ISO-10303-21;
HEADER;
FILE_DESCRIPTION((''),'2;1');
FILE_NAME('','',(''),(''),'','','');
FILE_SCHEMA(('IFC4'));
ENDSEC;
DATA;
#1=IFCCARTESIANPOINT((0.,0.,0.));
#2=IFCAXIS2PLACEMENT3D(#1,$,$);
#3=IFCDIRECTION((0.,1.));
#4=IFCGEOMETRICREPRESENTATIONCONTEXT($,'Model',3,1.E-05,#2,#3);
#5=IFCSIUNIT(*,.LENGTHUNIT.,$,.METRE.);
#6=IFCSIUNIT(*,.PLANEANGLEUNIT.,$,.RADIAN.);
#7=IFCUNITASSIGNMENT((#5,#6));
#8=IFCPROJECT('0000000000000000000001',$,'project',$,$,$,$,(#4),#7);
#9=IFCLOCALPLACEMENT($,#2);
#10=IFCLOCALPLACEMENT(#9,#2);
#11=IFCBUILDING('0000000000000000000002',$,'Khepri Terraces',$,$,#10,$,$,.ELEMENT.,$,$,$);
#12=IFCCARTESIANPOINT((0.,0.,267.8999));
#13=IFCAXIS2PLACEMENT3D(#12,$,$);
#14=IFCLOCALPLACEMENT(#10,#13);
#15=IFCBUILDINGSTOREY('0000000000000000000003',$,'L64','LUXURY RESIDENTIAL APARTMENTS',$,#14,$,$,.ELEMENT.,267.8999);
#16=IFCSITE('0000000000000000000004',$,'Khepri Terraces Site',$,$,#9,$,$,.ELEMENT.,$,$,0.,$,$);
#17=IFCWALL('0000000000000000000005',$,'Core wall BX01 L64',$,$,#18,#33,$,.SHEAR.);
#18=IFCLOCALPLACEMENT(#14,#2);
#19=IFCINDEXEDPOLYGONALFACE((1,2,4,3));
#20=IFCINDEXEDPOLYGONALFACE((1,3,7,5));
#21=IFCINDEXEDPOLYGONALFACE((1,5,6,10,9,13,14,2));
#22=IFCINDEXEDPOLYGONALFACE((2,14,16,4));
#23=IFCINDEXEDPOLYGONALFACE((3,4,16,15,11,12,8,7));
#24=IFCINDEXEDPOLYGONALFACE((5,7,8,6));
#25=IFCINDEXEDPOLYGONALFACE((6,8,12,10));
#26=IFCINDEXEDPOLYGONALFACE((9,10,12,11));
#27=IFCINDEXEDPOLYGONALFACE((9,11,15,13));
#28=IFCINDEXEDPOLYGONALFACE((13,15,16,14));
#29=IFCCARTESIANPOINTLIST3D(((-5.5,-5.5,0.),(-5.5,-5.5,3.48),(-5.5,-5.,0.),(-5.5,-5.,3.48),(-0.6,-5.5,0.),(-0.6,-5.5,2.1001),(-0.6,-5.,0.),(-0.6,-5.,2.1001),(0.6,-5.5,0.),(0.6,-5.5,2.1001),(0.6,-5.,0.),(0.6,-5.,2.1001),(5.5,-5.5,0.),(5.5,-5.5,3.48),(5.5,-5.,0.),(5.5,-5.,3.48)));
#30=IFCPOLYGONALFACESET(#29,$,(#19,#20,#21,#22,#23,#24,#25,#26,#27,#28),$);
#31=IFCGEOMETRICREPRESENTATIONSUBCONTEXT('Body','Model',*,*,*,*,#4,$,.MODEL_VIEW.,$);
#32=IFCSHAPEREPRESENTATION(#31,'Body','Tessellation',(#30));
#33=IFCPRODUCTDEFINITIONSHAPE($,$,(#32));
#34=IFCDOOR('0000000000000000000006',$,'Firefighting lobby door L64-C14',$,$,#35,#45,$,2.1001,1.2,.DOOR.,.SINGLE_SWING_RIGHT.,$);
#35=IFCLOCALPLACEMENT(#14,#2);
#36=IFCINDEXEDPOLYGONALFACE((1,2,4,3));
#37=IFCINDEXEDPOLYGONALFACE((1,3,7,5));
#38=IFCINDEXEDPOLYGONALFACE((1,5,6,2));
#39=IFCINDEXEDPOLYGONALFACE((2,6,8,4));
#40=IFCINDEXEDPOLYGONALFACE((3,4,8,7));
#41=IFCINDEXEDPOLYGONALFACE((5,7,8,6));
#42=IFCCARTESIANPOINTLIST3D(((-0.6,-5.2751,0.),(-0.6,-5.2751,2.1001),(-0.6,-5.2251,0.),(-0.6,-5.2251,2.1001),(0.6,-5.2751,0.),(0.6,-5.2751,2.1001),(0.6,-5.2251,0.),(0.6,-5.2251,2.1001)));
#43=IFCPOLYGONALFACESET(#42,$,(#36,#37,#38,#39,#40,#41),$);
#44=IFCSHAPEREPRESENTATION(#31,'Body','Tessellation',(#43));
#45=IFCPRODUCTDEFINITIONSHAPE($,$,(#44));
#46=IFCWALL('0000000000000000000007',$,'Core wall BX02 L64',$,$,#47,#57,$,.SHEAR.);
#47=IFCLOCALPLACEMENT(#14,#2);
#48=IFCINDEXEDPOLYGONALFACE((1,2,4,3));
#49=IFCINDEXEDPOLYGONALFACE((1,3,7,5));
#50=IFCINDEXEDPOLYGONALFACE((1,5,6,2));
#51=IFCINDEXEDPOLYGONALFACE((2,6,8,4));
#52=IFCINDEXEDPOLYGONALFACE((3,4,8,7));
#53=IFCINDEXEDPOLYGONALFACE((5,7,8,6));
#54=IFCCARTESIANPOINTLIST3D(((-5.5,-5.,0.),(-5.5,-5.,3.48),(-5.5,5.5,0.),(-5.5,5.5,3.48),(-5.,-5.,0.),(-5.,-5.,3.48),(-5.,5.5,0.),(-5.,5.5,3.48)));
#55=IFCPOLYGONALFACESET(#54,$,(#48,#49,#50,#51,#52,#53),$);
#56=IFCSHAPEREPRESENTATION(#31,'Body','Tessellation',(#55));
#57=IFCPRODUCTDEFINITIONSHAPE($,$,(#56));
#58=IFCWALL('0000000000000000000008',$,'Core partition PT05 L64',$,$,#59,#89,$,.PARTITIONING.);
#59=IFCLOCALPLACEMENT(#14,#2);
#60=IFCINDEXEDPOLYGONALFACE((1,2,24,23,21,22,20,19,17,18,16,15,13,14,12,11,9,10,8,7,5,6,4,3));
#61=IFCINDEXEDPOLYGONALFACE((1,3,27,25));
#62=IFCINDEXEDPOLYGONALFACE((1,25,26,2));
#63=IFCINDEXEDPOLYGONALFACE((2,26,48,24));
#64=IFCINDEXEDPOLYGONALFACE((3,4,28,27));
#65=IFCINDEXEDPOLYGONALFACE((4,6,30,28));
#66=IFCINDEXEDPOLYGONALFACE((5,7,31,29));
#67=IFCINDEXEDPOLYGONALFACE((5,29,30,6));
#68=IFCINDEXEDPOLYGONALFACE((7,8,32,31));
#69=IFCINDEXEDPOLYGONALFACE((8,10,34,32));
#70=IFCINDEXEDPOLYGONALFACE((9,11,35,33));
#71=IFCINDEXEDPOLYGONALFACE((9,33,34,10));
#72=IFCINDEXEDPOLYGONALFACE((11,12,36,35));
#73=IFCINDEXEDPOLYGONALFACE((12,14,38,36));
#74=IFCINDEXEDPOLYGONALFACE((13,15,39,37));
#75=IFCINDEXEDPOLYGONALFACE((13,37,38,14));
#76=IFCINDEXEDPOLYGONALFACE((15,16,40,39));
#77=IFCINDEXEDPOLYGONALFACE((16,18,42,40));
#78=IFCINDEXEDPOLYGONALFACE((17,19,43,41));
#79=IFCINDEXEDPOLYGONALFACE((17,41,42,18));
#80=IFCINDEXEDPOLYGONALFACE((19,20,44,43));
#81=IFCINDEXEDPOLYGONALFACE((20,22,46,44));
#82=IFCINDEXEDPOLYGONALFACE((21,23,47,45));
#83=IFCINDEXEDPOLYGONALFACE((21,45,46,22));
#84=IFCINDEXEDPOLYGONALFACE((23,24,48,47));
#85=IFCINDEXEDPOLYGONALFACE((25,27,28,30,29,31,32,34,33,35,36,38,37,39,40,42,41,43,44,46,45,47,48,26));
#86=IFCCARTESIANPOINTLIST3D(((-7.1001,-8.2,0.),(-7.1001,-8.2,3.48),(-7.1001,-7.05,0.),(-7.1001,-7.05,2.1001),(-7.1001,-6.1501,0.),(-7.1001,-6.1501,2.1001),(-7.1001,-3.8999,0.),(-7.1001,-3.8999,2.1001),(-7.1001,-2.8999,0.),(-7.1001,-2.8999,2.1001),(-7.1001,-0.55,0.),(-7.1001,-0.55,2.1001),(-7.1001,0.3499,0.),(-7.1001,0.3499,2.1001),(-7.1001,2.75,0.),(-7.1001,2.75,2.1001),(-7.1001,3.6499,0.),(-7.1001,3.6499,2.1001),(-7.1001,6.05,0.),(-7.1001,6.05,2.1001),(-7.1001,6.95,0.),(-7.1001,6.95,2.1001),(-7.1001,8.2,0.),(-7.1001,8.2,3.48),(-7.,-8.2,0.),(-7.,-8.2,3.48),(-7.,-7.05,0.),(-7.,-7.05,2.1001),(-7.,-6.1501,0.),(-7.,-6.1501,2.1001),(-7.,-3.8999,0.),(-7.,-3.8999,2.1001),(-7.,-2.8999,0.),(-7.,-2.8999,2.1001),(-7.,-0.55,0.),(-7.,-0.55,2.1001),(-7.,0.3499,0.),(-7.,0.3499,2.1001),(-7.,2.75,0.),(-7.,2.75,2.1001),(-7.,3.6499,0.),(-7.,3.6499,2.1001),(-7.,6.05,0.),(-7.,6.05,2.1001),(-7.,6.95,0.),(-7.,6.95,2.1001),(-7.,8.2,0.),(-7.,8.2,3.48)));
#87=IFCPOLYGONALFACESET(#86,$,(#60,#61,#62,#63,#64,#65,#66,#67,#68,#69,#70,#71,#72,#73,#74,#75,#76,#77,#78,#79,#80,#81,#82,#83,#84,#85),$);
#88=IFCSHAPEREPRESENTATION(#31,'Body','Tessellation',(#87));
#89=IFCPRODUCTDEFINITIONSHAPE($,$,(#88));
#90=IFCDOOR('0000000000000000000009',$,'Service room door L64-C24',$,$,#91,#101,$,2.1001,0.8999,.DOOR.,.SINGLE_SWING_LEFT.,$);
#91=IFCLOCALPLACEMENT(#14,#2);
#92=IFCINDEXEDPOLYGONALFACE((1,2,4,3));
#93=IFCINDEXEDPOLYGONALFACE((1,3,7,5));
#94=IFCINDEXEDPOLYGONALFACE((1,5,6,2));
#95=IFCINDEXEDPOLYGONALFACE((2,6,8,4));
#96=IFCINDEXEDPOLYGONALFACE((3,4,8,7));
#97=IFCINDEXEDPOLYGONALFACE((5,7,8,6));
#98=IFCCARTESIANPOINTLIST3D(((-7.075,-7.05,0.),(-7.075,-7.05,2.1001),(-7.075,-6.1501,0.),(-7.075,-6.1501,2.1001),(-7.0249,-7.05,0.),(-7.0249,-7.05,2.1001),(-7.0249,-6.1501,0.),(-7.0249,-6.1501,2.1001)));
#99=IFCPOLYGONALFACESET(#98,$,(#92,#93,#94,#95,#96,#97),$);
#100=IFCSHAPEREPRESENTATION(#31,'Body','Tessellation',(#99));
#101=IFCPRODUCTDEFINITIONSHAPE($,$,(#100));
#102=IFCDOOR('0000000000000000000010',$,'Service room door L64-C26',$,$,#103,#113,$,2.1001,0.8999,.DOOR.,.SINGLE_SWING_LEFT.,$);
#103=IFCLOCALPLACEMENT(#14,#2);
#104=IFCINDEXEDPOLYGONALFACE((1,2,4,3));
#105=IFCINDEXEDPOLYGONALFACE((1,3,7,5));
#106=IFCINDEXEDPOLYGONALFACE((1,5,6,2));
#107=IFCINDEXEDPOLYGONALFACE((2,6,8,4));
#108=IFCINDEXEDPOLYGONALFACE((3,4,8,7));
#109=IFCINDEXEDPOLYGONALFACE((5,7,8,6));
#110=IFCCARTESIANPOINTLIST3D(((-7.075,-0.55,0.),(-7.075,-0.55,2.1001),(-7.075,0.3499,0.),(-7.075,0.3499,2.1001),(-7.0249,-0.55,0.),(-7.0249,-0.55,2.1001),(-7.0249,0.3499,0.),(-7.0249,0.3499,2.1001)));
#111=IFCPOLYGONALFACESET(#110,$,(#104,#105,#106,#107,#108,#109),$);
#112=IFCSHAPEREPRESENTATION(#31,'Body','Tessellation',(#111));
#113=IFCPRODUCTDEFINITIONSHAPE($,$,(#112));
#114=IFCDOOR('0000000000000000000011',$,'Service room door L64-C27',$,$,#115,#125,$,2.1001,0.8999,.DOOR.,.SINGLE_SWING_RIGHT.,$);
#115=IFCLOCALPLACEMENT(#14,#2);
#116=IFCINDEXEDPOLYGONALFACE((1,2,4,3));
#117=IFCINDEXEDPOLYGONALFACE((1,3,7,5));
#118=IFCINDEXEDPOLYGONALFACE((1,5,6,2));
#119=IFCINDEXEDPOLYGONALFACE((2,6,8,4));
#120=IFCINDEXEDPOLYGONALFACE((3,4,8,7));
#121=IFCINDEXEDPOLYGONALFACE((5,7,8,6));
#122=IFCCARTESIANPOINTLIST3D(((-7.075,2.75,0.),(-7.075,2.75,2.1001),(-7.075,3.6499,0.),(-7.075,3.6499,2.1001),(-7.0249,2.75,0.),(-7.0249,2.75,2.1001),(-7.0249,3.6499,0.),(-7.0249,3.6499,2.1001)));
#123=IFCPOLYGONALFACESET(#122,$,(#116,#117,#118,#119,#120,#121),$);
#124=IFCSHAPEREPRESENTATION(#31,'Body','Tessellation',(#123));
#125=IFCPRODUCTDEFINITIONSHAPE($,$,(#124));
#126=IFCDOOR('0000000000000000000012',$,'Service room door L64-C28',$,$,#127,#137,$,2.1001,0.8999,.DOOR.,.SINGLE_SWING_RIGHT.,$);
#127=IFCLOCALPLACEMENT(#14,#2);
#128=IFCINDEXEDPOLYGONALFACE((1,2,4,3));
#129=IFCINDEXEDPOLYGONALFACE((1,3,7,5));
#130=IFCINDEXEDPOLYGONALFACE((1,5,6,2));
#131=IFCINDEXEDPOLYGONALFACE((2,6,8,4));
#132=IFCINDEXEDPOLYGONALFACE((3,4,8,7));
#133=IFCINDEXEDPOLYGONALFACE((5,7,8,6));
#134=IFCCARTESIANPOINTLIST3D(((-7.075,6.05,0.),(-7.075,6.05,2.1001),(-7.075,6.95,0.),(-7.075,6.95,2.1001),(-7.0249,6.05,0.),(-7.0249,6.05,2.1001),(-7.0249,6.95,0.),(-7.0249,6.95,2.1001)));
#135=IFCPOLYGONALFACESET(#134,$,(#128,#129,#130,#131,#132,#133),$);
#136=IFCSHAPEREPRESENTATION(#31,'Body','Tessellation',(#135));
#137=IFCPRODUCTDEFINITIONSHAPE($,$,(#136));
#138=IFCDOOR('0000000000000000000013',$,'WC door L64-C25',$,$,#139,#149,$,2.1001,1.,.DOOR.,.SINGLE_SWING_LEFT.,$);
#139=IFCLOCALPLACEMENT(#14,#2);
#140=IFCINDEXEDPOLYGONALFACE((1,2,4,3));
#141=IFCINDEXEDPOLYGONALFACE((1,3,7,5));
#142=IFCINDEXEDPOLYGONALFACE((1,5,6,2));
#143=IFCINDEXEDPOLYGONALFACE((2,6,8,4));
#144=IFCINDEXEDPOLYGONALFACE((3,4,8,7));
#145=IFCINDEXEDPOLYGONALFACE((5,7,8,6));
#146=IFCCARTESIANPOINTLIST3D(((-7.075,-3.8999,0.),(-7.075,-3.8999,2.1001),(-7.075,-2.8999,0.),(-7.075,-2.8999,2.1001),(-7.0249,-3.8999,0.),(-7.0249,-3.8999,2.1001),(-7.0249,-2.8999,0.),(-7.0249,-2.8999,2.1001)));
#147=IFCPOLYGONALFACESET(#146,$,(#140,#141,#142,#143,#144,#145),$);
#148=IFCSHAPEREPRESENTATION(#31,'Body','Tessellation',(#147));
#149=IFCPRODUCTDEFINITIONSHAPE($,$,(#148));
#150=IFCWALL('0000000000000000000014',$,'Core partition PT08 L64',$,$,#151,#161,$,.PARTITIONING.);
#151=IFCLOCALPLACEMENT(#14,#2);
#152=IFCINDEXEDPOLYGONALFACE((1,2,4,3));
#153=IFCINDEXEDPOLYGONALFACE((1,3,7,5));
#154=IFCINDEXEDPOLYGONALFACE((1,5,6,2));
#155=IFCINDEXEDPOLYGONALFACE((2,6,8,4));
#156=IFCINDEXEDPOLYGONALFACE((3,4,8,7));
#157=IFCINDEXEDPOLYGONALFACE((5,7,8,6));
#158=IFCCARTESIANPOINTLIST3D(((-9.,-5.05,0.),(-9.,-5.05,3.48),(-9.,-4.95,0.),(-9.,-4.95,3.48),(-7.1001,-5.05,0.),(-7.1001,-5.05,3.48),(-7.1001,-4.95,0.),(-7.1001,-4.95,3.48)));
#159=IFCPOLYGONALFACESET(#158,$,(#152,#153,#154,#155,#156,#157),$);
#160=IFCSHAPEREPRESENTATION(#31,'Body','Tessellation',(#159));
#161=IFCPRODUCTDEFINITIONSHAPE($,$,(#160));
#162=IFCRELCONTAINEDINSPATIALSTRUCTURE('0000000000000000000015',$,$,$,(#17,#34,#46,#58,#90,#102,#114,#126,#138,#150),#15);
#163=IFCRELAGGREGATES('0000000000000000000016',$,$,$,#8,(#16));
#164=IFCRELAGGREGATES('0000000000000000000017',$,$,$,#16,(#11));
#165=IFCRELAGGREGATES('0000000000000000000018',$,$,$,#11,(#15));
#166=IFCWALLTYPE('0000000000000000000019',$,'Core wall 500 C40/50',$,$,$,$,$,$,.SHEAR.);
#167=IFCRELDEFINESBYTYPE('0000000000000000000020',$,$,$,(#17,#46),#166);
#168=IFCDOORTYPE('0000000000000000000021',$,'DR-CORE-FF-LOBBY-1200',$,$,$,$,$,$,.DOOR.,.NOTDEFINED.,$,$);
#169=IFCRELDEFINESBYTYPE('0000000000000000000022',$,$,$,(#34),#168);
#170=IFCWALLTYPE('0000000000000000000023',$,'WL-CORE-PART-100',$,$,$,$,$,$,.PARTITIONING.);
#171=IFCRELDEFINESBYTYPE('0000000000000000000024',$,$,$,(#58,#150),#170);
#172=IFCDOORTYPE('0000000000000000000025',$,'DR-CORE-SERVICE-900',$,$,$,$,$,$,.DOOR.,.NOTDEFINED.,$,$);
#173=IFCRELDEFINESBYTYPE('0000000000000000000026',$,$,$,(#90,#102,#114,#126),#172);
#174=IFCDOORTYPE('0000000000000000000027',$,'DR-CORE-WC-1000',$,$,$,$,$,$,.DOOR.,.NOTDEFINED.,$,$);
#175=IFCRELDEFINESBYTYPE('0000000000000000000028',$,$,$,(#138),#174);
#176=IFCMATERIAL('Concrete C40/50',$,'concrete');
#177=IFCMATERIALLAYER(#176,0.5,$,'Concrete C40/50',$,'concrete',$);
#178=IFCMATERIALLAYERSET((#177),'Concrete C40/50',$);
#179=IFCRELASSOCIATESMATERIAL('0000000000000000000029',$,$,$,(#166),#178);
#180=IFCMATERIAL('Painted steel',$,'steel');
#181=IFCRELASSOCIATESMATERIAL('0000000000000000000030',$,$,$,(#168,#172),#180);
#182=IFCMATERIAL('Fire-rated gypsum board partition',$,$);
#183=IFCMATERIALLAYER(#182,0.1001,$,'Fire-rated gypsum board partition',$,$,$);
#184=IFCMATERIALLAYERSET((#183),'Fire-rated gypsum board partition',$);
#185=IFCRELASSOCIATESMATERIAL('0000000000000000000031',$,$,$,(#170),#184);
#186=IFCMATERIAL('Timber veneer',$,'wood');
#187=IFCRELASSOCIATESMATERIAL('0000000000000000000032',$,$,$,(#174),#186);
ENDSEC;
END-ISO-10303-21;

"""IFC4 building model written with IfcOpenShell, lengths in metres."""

from ifc_helpers import new_model, si_unit, direction, frame, frame_2d, origin, place, context, subcontext, project, spatial, rectangle, extrude, material, layer, layer_set, type_object, element, fill, save


model = new_model("IFC4")

# Units and contexts
model_context = context("Model", 3, precision=1e-05, world=origin(), true_north=direction((0.0, 1.0)))
body_context = subcontext(model_context, "Body", "Model", "MODEL_VIEW")
ifc_project = project(units=[si_unit("LENGTHUNIT", "METRE"), si_unit("PLANEANGLEUNIT", "RADIAN")], contexts=[model_context])

# Site, building, storey
site_placement = place(None, origin())
site = spatial("IfcSite", under=ifc_project, at=site_placement, Name="Khepri Terraces Site", CompositionType="ELEMENT", RefElevation=0.0)
building_placement = place(site_placement, origin())
building = spatial("IfcBuilding", under=site, at=building_placement, Name="Khepri Terraces", CompositionType="ELEMENT")
storey_placement = place(building_placement, frame((0.0, 0.0, 267.8999)))
storey = spatial("IfcBuildingStorey", under=building, at=storey_placement, Name="L64", Description="LUXURY RESIDENTIAL APARTMENTS", CompositionType="ELEMENT", Elevation=267.8999)

# Shared definitions
ifc_material_1 = material(Name="Concrete C40/50", Category="concrete")

# Shared definitions
ifc_material_2 = material(Name="Painted steel", Category="steel")

# Wall, opening, door
ifc_layer_1 = layer(ifc_material_1, 0.5, Name="Concrete C40/50", Category="concrete")
ifc_layer_set_1 = layer_set([ifc_layer_1], Name="Concrete C40/50")
wall_type_1 = type_object("IfcWallType", Name="Core wall 500 C40/50", PredefinedType="SHEAR", material=ifc_layer_set_1)
wall_1_placement = place(storey_placement, frame((-5.5, -5.25, 0.0), z_axis=(0.0, 0.0, 1.0), x_axis=(1.0, 0.0, 0.0)))
wall_1 = element("IfcWall", 1, at=wall_1_placement, inside=storey, type_object=wall_type_1, Name="Core wall BX01 L64", PredefinedType="SHEAR", context=body_context, shape_type="SweptSolid", body=[
    extrude(rectangle(XDim=11.0, YDim=0.5, at=frame_2d((5.5, 0.0))), origin(), (0.0, 0.0, 1.0), 3.48),
])
opening_1_placement = place(wall_1_placement, frame((4.8999, 0.0, 0.0)))
opening_1 = element("IfcOpeningElement", 2, at=opening_1_placement, cuts=wall_1, PredefinedType="OPENING", context=body_context, shape_type="SweptSolid", body=[
    extrude(rectangle(XDim=1.2, YDim=2.1001, at=frame_2d((0.6001, 1.05))), frame((0.0, 0.26, 0.0), z_axis=(0.0, -1.0, 0.0), x_axis=(1.0, 0.0, 0.0)), (0.0, 0.0, 1.0), 0.52),
])
door_type_1 = type_object("IfcDoorType", Name="DR-CORE-FF-LOBBY-1200", OperationType="NOTDEFINED", PredefinedType="DOOR", material=ifc_material_2)
door_1_placement = place(opening_1_placement, origin())
door_1 = element("IfcDoor", 3, at=door_1_placement, inside=storey, type_object=door_type_1, Name="Firefighting lobby door L64-C14", OperationType="SINGLE_SWING_RIGHT", OverallHeight=2.1001, OverallWidth=1.2, PredefinedType="DOOR", context=body_context, shape_type="SweptSolid", body=[
    extrude(rectangle(XDim=1.2, YDim=2.1001, at=frame_2d((0.6001, 1.05))), frame((0.0, 0.0249, 0.0), z_axis=(0.0, -1.0, 0.0), x_axis=(1.0, 0.0, 0.0)), (0.0, 0.0, 1.0), 0.05),
])
fill(opening_1, door_1)

# Wall
wall_2_placement = place(storey_placement, frame((-5.25, -5.0, 0.0), z_axis=(0.0, 0.0, 1.0), x_axis=(0.0, 1.0, 0.0)))
element("IfcWall", 4, at=wall_2_placement, inside=storey, type_object=wall_type_1, Name="Core wall BX02 L64", PredefinedType="SHEAR", context=body_context, shape_type="SweptSolid", body=[
    extrude(rectangle(XDim=10.5, YDim=0.5, at=frame_2d((5.25, 0.0))), origin(), (0.0, 0.0, 1.0), 3.48),
])

# Wall, openings, doors
ifc_material_3 = material(Name="Fire-rated gypsum board partition")
ifc_layer_2 = layer(ifc_material_3, 0.1001, Name="Fire-rated gypsum board partition")
ifc_layer_set_2 = layer_set([ifc_layer_2], Name="Fire-rated gypsum board partition")
wall_type_2 = type_object("IfcWallType", Name="WL-CORE-PART-100", PredefinedType="PARTITIONING", material=ifc_layer_set_2)
wall_3_placement = place(storey_placement, frame((-7.05, -8.2, 0.0), z_axis=(0.0, 0.0, 1.0), x_axis=(0.0, 1.0, 0.0)))
wall_3 = element("IfcWall", 5, at=wall_3_placement, inside=storey, type_object=wall_type_2, Name="Core partition PT05 L64", PredefinedType="PARTITIONING", context=body_context, shape_type="SweptSolid", body=[
    extrude(rectangle(XDim=16.3999, YDim=0.1001, at=frame_2d((8.2, 0.0))), origin(), (0.0, 0.0, 1.0), 3.48),
])
opening_2_placement = place(wall_3_placement, frame((1.1499, 0.0, 0.0)))
opening_2 = element("IfcOpeningElement", 6, at=opening_2_placement, cuts=wall_3, PredefinedType="OPENING", context=body_context, shape_type="SweptSolid", body=[
    extrude(rectangle(XDim=0.8999, YDim=2.1001, at=frame_2d((0.45, 1.05))), frame((0.0, 0.0601, 0.0), z_axis=(0.0, -1.0, 0.0), x_axis=(1.0, 0.0, 0.0)), (0.0, 0.0, 1.0), 0.1201),
])
opening_3_placement = place(wall_3_placement, frame((4.3, 0.0, 0.0)))
opening_3 = element("IfcOpeningElement", 7, at=opening_3_placement, cuts=wall_3, PredefinedType="OPENING", context=body_context, shape_type="SweptSolid", body=[
    extrude(rectangle(XDim=1.0, YDim=2.1001, at=frame_2d((0.5, 1.05))), frame((0.0, 0.0601, 0.0), z_axis=(0.0, -1.0, 0.0), x_axis=(1.0, 0.0, 0.0)), (0.0, 0.0, 1.0), 0.1201),
])
opening_4_placement = place(wall_3_placement, frame((7.6499, 0.0, 0.0)))
opening_4 = element("IfcOpeningElement", 8, at=opening_4_placement, cuts=wall_3, PredefinedType="OPENING", context=body_context, shape_type="SweptSolid", body=[
    extrude(rectangle(XDim=0.8999, YDim=2.1001, at=frame_2d((0.45, 1.05))), frame((0.0, 0.0601, 0.0), z_axis=(0.0, -1.0, 0.0), x_axis=(1.0, 0.0, 0.0)), (0.0, 0.0, 1.0), 0.1201),
])
opening_5_placement = place(wall_3_placement, frame((10.95, 0.0, 0.0)))
opening_5 = element("IfcOpeningElement", 9, at=opening_5_placement, cuts=wall_3, PredefinedType="OPENING", context=body_context, shape_type="SweptSolid", body=[
    extrude(rectangle(XDim=0.8999, YDim=2.1001, at=frame_2d((0.45, 1.05))), frame((0.0, 0.0601, 0.0), z_axis=(0.0, -1.0, 0.0), x_axis=(1.0, 0.0, 0.0)), (0.0, 0.0, 1.0), 0.1201),
])
opening_6_placement = place(wall_3_placement, frame((14.25, 0.0, 0.0)))
opening_6 = element("IfcOpeningElement", 10, at=opening_6_placement, cuts=wall_3, PredefinedType="OPENING", context=body_context, shape_type="SweptSolid", body=[
    extrude(rectangle(XDim=0.8999, YDim=2.1001, at=frame_2d((0.45, 1.05))), frame((0.0, 0.0601, 0.0), z_axis=(0.0, -1.0, 0.0), x_axis=(1.0, 0.0, 0.0)), (0.0, 0.0, 1.0), 0.1201),
])
door_type_2 = type_object("IfcDoorType", Name="DR-CORE-SERVICE-900", OperationType="NOTDEFINED", PredefinedType="DOOR", material=ifc_material_2)
door_2_placement = place(opening_2_placement, origin())
door_2 = element("IfcDoor", 11, at=door_2_placement, inside=storey, type_object=door_type_2, Name="Service room door L64-C24", OperationType="SINGLE_SWING_LEFT", OverallHeight=2.1001, OverallWidth=0.8999, PredefinedType="DOOR", context=body_context, shape_type="SweptSolid", body=[
    extrude(rectangle(XDim=0.8999, YDim=2.1001, at=frame_2d((0.45, 1.05))), frame((0.0, 0.0249, 0.0), z_axis=(0.0, -1.0, 0.0), x_axis=(1.0, 0.0, 0.0)), (0.0, 0.0, 1.0), 0.05),
])
fill(opening_2, door_2)
door_3_placement = place(opening_4_placement, origin())
door_3 = element("IfcDoor", 12, at=door_3_placement, inside=storey, type_object=door_type_2, Name="Service room door L64-C26", OperationType="SINGLE_SWING_LEFT", OverallHeight=2.1001, OverallWidth=0.8999, PredefinedType="DOOR", context=body_context, shape_type="SweptSolid", body=[
    extrude(rectangle(XDim=0.8999, YDim=2.1001, at=frame_2d((0.45, 1.05))), frame((0.0, 0.0249, 0.0), z_axis=(0.0, -1.0, 0.0), x_axis=(1.0, 0.0, 0.0)), (0.0, 0.0, 1.0), 0.05),
])
fill(opening_4, door_3)
door_4_placement = place(opening_5_placement, origin())
door_4 = element("IfcDoor", 13, at=door_4_placement, inside=storey, type_object=door_type_2, Name="Service room door L64-C27", OperationType="SINGLE_SWING_RIGHT", OverallHeight=2.1001, OverallWidth=0.8999, PredefinedType="DOOR", context=body_context, shape_type="SweptSolid", body=[
    extrude(rectangle(XDim=0.8999, YDim=2.1001, at=frame_2d((0.45, 1.05))), frame((0.0, 0.0249, 0.0), z_axis=(0.0, -1.0, 0.0), x_axis=(1.0, 0.0, 0.0)), (0.0, 0.0, 1.0), 0.05),
])
fill(opening_5, door_4)
door_5_placement = place(opening_6_placement, origin())
door_5 = element("IfcDoor", 14, at=door_5_placement, inside=storey, type_object=door_type_2, Name="Service room door L64-C28", OperationType="SINGLE_SWING_RIGHT", OverallHeight=2.1001, OverallWidth=0.8999, PredefinedType="DOOR", context=body_context, shape_type="SweptSolid", body=[
    extrude(rectangle(XDim=0.8999, YDim=2.1001, at=frame_2d((0.45, 1.05))), frame((0.0, 0.0249, 0.0), z_axis=(0.0, -1.0, 0.0), x_axis=(1.0, 0.0, 0.0)), (0.0, 0.0, 1.0), 0.05),
])
fill(opening_6, door_5)
ifc_material_4 = material(Name="Timber veneer", Category="wood")
door_type_3 = type_object("IfcDoorType", Name="DR-CORE-WC-1000", OperationType="NOTDEFINED", PredefinedType="DOOR", material=ifc_material_4)
door_6_placement = place(opening_3_placement, origin())
door_6 = element("IfcDoor", 15, at=door_6_placement, inside=storey, type_object=door_type_3, Name="WC door L64-C25", OperationType="SINGLE_SWING_LEFT", OverallHeight=2.1001, OverallWidth=1.0, PredefinedType="DOOR", context=body_context, shape_type="SweptSolid", body=[
    extrude(rectangle(XDim=1.0, YDim=2.1001, at=frame_2d((0.5, 1.05))), frame((0.0, 0.0249, 0.0), z_axis=(0.0, -1.0, 0.0), x_axis=(1.0, 0.0, 0.0)), (0.0, 0.0, 1.0), 0.05),
])
fill(opening_3, door_6)

# Wall
for number, where, z_axis, x_axis, name in (
    (16, (-9.0, -5.0, 0.0), (0.0, 0.0, 1.0), (1.0, 0.0, 0.0), "Core partition PT08 L64"),
):
    element("IfcWall", number, at=place(storey_placement, frame(where, z_axis=z_axis, x_axis=x_axis)), inside=storey, type_object=wall_type_2, Name=name, PredefinedType="PARTITIONING", context=body_context, shape_type="SweptSolid", body=[
        extrude(rectangle(XDim=1.8999, YDim=0.1001, at=frame_2d((0.95, 0.0))), origin(), (0.0, 0.0, 1.0), 3.48),
    ])

save(model, "model.ifc")
